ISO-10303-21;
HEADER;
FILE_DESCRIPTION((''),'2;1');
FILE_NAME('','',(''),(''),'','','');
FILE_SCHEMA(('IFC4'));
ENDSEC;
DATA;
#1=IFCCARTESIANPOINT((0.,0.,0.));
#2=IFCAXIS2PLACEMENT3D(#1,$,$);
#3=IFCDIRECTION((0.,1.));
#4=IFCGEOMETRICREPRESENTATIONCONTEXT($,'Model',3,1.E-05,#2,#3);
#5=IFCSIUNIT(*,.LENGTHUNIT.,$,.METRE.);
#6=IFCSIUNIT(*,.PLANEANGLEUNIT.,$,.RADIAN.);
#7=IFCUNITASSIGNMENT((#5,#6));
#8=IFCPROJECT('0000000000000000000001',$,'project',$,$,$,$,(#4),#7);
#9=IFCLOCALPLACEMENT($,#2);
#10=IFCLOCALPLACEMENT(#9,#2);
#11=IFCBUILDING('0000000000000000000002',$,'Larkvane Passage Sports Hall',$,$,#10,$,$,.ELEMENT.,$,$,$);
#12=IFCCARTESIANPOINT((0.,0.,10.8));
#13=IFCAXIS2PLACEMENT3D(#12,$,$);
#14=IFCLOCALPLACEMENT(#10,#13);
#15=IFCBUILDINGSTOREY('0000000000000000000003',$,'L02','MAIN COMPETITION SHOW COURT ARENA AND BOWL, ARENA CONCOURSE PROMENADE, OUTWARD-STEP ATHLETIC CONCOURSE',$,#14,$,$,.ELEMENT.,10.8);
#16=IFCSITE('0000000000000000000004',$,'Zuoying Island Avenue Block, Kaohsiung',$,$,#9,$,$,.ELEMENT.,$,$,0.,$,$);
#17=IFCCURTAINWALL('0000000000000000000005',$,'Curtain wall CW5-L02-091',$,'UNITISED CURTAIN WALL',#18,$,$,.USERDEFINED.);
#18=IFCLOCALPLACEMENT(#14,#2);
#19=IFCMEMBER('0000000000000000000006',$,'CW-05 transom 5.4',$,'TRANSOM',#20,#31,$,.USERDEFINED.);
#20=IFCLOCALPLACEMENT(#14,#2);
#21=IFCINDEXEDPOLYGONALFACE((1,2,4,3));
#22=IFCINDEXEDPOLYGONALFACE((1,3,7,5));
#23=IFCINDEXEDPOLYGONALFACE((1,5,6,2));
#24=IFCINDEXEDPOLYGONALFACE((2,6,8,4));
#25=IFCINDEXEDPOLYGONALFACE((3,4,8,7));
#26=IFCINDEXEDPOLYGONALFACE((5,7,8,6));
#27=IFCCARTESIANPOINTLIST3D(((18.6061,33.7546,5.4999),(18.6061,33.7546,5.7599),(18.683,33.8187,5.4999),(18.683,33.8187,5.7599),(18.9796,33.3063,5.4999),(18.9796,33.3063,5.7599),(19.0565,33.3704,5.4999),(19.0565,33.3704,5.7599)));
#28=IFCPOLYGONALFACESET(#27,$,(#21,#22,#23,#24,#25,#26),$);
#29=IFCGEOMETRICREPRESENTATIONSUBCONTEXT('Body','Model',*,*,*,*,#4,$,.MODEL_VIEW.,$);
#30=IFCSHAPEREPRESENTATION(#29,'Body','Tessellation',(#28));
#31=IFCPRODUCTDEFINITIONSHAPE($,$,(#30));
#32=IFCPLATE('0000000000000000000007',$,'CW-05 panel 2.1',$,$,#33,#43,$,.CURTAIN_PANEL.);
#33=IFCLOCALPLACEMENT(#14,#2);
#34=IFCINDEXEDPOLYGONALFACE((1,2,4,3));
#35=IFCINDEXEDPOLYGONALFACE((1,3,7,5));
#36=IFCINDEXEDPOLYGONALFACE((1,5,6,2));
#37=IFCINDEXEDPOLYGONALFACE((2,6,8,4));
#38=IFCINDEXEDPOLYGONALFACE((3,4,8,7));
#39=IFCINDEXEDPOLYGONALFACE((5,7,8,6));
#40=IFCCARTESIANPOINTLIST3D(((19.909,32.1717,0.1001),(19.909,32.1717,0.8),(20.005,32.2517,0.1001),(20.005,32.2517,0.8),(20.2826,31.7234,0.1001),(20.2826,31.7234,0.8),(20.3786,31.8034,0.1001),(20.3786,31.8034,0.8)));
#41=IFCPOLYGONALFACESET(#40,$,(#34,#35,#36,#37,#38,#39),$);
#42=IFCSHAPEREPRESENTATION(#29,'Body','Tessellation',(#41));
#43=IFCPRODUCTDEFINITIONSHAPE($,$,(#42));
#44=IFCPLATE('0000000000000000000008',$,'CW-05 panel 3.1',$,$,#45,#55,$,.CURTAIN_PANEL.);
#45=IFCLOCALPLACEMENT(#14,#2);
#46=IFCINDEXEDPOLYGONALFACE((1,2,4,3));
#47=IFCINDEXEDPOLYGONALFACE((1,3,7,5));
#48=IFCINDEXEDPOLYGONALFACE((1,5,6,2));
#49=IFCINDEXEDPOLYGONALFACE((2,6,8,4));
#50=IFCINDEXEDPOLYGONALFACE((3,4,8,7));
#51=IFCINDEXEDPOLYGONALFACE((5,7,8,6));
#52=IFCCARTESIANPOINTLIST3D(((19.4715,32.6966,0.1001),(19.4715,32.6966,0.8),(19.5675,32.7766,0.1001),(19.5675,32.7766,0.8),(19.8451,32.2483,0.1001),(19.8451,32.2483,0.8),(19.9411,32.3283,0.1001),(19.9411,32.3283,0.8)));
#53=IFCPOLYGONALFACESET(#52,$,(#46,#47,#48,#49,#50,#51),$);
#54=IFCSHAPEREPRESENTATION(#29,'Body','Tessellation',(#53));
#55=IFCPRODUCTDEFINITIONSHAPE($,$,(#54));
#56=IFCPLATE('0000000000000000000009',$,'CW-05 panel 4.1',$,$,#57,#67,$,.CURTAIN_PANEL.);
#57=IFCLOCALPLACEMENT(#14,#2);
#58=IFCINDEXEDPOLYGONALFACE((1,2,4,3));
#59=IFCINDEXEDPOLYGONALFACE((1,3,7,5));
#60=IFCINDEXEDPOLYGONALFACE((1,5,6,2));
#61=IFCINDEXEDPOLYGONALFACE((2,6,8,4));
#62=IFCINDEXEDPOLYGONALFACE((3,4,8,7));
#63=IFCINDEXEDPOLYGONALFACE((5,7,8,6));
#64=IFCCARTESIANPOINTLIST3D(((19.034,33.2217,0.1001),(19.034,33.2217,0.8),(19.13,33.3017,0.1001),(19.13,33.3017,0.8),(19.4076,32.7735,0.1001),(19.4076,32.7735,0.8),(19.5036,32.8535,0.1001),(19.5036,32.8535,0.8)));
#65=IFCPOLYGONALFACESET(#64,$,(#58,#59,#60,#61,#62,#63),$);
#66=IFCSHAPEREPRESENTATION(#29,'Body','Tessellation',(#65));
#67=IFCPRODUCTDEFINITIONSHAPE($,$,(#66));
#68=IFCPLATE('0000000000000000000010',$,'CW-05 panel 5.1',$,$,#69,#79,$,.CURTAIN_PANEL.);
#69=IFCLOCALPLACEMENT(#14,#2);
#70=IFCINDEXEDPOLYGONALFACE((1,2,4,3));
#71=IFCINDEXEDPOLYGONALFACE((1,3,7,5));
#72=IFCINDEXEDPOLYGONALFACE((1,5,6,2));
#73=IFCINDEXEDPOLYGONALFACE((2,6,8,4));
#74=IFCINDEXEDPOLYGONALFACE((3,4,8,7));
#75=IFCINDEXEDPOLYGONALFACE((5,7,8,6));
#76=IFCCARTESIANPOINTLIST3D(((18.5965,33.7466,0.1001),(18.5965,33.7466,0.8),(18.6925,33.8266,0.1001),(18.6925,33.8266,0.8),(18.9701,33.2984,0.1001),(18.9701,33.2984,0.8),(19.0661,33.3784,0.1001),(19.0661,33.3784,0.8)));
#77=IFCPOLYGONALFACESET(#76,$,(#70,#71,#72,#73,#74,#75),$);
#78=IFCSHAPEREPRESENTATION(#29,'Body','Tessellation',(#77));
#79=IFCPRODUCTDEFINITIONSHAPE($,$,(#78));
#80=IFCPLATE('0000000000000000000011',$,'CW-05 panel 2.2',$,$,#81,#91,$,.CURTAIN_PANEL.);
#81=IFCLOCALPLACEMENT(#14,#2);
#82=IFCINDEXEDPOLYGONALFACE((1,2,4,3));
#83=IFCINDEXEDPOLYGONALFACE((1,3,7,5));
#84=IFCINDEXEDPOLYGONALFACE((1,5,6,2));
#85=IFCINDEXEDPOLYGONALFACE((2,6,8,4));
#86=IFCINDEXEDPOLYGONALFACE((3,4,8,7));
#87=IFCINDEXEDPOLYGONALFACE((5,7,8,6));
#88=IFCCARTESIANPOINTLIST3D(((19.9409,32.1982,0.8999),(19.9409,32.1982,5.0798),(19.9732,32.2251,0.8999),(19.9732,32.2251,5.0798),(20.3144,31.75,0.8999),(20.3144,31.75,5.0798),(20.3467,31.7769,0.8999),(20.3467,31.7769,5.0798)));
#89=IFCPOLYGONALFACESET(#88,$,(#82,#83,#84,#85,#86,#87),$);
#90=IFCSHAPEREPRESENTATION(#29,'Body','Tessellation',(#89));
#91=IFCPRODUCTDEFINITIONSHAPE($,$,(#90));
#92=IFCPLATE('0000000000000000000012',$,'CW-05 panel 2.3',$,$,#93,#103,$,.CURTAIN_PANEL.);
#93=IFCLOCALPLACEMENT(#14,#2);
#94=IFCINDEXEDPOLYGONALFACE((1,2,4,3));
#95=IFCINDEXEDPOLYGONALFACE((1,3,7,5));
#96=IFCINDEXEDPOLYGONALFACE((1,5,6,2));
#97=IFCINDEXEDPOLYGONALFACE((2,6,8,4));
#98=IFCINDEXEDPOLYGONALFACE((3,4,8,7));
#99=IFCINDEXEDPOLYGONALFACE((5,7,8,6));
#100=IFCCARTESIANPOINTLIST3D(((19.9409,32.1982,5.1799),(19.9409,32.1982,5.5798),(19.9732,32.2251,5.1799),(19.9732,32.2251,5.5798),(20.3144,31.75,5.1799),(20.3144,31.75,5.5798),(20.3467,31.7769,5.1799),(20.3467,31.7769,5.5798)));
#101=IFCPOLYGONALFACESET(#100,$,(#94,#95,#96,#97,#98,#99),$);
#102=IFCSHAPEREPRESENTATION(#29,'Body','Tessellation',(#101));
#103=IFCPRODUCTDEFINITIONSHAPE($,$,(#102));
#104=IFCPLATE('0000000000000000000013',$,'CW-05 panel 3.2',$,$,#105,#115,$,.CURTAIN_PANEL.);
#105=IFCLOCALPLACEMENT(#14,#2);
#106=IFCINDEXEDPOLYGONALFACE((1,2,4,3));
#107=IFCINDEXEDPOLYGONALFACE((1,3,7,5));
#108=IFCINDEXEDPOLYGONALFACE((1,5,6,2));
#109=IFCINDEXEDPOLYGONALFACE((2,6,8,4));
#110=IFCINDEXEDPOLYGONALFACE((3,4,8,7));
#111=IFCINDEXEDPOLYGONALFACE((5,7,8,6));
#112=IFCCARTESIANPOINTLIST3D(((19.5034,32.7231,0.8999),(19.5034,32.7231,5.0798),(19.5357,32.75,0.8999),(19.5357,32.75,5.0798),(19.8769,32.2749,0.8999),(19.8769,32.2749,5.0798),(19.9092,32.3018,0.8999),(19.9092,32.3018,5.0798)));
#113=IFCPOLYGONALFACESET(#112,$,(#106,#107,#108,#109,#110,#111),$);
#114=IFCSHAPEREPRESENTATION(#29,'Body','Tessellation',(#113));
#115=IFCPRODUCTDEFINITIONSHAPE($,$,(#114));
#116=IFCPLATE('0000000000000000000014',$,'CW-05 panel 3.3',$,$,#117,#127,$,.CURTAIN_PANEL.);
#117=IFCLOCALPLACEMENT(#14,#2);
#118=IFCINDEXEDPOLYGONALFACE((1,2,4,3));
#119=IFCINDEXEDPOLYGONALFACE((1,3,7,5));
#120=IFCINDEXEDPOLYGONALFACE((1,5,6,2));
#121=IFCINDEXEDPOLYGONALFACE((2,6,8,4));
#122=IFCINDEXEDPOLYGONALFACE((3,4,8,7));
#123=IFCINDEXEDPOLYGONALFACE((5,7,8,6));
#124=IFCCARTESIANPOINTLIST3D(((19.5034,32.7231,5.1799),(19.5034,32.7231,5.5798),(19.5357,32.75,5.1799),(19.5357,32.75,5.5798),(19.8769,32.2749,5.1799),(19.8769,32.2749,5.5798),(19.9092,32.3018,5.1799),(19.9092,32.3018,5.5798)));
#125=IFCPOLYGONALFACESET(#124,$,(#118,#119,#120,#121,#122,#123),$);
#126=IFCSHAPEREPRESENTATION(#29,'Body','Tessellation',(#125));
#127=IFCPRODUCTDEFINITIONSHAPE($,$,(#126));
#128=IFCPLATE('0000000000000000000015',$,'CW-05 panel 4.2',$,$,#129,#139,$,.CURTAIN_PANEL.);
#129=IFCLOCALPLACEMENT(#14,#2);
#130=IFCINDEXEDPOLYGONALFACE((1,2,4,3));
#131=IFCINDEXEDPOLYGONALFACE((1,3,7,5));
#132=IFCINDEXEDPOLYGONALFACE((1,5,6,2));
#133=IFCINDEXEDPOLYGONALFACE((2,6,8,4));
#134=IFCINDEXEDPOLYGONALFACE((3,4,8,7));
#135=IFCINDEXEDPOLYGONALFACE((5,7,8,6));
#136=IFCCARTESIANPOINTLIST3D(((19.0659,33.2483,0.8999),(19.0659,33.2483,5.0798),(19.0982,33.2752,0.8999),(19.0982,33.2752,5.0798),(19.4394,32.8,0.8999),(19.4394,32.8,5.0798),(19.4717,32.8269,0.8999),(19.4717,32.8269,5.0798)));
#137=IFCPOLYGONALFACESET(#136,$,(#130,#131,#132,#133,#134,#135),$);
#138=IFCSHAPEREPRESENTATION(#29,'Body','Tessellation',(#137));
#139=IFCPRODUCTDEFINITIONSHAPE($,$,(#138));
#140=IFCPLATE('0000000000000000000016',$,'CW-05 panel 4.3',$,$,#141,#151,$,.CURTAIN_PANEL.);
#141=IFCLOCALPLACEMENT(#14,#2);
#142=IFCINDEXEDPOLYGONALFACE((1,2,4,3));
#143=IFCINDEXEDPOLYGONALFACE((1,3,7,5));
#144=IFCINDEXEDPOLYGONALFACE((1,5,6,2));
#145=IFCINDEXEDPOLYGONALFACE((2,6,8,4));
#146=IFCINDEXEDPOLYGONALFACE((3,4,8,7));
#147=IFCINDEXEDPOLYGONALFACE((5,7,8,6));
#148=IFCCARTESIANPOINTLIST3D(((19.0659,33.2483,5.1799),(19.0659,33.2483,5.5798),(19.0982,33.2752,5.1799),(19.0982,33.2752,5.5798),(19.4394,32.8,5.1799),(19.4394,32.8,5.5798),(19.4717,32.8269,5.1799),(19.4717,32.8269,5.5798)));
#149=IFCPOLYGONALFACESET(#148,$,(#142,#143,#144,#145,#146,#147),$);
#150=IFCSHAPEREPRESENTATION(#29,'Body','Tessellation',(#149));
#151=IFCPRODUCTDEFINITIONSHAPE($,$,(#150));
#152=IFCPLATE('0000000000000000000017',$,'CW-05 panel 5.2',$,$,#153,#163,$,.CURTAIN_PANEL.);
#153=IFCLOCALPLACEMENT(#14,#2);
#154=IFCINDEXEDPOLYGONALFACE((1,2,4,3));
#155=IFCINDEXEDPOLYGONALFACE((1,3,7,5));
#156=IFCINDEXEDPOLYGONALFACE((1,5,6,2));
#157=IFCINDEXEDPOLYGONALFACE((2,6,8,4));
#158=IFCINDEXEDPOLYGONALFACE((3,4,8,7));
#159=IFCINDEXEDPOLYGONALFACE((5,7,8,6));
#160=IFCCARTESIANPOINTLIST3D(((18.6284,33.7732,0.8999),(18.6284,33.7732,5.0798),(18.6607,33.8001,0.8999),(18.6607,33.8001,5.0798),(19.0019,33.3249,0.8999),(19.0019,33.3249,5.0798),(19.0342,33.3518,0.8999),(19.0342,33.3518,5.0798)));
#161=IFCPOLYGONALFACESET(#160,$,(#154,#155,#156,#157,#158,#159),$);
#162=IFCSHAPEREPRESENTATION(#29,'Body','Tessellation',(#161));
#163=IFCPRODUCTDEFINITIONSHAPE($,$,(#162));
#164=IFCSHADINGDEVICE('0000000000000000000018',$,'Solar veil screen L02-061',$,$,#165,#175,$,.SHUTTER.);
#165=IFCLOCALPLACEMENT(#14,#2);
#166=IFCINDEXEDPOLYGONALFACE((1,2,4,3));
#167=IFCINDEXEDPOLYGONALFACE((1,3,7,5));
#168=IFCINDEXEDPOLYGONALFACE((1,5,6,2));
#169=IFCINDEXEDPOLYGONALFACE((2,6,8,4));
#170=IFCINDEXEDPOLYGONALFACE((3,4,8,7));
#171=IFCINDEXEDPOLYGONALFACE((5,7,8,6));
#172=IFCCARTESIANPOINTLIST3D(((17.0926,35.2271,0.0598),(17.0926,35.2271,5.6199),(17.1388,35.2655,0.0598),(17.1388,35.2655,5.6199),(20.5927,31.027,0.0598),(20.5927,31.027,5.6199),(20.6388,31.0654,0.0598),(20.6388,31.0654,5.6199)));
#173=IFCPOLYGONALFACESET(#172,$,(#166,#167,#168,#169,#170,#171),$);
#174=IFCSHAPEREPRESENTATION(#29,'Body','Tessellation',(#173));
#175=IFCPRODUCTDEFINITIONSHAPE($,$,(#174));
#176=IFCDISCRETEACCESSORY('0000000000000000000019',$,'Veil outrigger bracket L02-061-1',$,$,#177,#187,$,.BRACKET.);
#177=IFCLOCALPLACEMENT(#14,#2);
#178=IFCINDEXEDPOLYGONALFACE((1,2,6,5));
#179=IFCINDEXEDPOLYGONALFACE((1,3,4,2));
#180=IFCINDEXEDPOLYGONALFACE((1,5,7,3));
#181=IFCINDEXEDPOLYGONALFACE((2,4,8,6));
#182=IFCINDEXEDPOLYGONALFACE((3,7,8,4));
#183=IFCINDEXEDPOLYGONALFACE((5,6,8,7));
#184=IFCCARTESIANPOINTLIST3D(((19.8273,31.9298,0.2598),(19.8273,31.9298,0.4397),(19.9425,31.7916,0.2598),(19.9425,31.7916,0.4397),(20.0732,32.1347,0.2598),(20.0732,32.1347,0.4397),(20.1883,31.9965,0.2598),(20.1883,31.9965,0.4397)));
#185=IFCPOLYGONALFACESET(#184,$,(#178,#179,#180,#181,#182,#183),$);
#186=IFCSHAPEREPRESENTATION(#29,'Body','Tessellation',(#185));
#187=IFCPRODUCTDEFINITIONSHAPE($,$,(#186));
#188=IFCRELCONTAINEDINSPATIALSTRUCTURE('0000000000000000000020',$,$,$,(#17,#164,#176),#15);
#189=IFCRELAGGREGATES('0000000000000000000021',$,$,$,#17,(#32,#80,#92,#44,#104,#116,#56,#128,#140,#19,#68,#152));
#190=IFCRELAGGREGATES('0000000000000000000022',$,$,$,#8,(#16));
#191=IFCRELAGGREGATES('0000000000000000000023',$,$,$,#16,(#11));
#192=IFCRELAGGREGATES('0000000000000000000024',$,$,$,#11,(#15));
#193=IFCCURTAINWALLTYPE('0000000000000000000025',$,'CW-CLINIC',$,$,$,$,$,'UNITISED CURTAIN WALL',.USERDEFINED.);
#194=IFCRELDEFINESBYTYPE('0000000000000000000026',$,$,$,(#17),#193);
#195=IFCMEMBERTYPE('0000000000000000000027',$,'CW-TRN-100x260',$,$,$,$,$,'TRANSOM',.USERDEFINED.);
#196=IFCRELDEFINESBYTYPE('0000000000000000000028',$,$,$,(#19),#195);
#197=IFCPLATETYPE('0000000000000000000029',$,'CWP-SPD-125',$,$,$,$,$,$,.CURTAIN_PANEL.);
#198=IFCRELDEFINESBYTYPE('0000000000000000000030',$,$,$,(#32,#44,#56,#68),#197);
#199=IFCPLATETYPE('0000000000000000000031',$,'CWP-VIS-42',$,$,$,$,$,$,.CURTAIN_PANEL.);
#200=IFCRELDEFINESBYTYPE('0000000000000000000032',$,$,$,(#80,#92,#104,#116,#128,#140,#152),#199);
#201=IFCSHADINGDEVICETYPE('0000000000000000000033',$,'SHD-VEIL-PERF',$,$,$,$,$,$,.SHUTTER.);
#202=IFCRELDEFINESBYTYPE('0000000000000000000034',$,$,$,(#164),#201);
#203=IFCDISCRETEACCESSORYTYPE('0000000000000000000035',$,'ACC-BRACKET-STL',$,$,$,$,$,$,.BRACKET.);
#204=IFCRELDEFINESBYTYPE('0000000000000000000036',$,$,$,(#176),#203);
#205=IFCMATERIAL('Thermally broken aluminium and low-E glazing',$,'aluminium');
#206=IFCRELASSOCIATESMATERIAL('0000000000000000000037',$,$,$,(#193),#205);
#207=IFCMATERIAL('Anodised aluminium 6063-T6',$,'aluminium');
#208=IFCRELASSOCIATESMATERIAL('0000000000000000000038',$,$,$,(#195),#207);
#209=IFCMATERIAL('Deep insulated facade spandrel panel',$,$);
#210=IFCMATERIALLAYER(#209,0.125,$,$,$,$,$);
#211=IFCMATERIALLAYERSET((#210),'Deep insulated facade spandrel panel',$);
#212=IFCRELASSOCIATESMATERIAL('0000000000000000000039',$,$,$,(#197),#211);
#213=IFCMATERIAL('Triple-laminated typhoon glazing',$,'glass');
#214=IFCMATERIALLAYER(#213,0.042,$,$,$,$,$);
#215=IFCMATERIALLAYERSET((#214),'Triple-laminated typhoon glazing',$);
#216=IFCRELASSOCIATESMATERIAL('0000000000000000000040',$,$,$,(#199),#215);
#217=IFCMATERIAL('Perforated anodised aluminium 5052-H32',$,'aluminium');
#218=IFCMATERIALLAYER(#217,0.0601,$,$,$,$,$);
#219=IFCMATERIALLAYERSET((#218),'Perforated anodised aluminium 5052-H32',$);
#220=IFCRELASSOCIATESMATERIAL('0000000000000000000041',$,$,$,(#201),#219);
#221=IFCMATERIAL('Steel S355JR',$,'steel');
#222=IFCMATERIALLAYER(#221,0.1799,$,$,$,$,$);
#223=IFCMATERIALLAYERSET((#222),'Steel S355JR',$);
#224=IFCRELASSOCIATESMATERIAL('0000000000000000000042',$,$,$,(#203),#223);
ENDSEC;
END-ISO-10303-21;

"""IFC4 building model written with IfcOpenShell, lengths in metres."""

from ifc_helpers import new_model, si_unit, direction, frame, origin, origin_2d, place, context, subcontext, project, spatial, rectangle, extrude, material, layer, layer_set, material_profile, profile_set, type_object, element, aggregate, save


model = new_model("IFC4")

# Units and contexts
model_context = context("Model", 3, precision=1e-05, world=origin(), true_north=direction((0.0, 1.0)))
body_context = subcontext(model_context, "Body", "Model", "MODEL_VIEW")
ifc_project = project(units=[si_unit("LENGTHUNIT", "METRE"), si_unit("PLANEANGLEUNIT", "RADIAN")], contexts=[model_context])

# Site, building, storey
site_placement = place(None, origin())
site = spatial("IfcSite", under=ifc_project, at=site_placement, Name="Zuoying Island Avenue Block, Kaohsiung", CompositionType="ELEMENT", RefElevation=0.0)
building_placement = place(site_placement, origin())
building = spatial("IfcBuilding", under=site, at=building_placement, Name="Larkvane Passage Sports Hall", CompositionType="ELEMENT")
storey_placement = place(building_placement, frame((0.0, 0.0, 10.8)))
storey = spatial("IfcBuildingStorey", under=building, at=storey_placement, Name="L02", Description="MAIN COMPETITION SHOW COURT ARENA AND BOWL, ARENA CONCOURSE PROMENADE, OUTWARD-STEP ATHLETIC CONCOURSE", CompositionType="ELEMENT", Elevation=10.8)

# Curtain wall, member, plates
ifc_material_1 = material(Name="Thermally broken aluminium and low-E glazing", Category="aluminium")
curtain_wall_type = type_object("IfcCurtainWallType", Name="CW-CLINIC", ElementType="UNITISED CURTAIN WALL", PredefinedType="USERDEFINED", material=ifc_material_1)
curtain_wall_placement = place(storey_placement, origin())
curtain_wall = element("IfcCurtainWall", 1, at=curtain_wall_placement, inside=storey, type_object=curtain_wall_type, Name="Curtain wall CW5-L02-091", ObjectType="UNITISED CURTAIN WALL", PredefinedType="USERDEFINED")
ifc_material_2 = material(Name="Anodised aluminium 6063-T6", Category="aluminium")
ifc_material_profile_1 = material_profile(ifc_material_2, rectangle(XDim=0.1001, YDim=0.26, at=origin_2d()), Name="ALU-TRN-100x260")
ifc_profile_set_1 = profile_set([ifc_material_profile_1], Name="Anodised aluminium 6063-T6")
member_type_1 = type_object("IfcMemberType", Name="CW-TRN-100x260", ElementType="TRANSOM", PredefinedType="USERDEFINED", material=ifc_profile_set_1)
member_1_placement = place(storey_placement, frame((19.0181, 33.3384, 5.6299), z_axis=(-0.640184, 0.768221, 0.0), x_axis=(-0.768221, -0.640184, 0.0)))
member_1 = element("IfcMember", 2, at=member_1_placement, type_object=member_type_1, Name="CW-05 transom 5.4", ObjectType="TRANSOM", PredefinedType="USERDEFINED", context=body_context, shape_type="SweptSolid", body=[
    extrude(rectangle(XDim=0.1001, YDim=0.26, at=origin_2d()), origin(), (0.0, 0.0, 1.0), 0.5835),
])
ifc_material_3 = material(Name="Deep insulated facade spandrel panel")
ifc_layer_1 = layer(ifc_material_3, 0.125)
ifc_layer_set_1 = layer_set([ifc_layer_1], Name="Deep insulated facade spandrel panel")
plate_type_1 = type_object("IfcPlateType", Name="CWP-SPD-125", PredefinedType="CURTAIN_PANEL", material=ifc_layer_set_1)
plate_1_placement = place(storey_placement, frame((20.1438, 31.9875, 0.1001), z_axis=(0.0, 0.0, 1.0), x_axis=(-0.640184, 0.768221, 0.0)))
plate_1 = element("IfcPlate", 3, at=plate_1_placement, type_object=plate_type_1, Name="CW-05 panel 2.1", PredefinedType="CURTAIN_PANEL", context=body_context, shape_type="SweptSolid", body=[
    extrude(rectangle(XDim=0.5835, YDim=0.125, at=origin_2d()), origin(), (0.0, 0.0, 1.0), 0.7),
])
plate_2_placement = place(storey_placement, frame((19.7063, 32.5125, 0.1001), z_axis=(0.0, 0.0, 1.0), x_axis=(-0.640184, 0.768221, 0.0)))
plate_2 = element("IfcPlate", 4, at=plate_2_placement, type_object=plate_type_1, Name="CW-05 panel 3.1", PredefinedType="CURTAIN_PANEL", context=body_context, shape_type="SweptSolid", body=[
    extrude(rectangle(XDim=0.5835, YDim=0.125, at=origin_2d()), origin(), (0.0, 0.0, 1.0), 0.7),
])
plate_3_placement = place(storey_placement, frame((19.2688, 33.0376, 0.1001), z_axis=(0.0, 0.0, 1.0), x_axis=(-0.640184, 0.768221, 0.0)))
plate_3 = element("IfcPlate", 5, at=plate_3_placement, type_object=plate_type_1, Name="CW-05 panel 4.1", PredefinedType="CURTAIN_PANEL", context=body_context, shape_type="SweptSolid", body=[
    extrude(rectangle(XDim=0.5835, YDim=0.125, at=origin_2d()), origin(), (0.0, 0.0, 1.0), 0.7),
])
plate_4_placement = place(storey_placement, frame((18.8313, 33.5625, 0.1001), z_axis=(0.0, 0.0, 1.0), x_axis=(-0.640184, 0.768221, 0.0)))
plate_4 = element("IfcPlate", 6, at=plate_4_placement, type_object=plate_type_1, Name="CW-05 panel 5.1", PredefinedType="CURTAIN_PANEL", context=body_context, shape_type="SweptSolid", body=[
    extrude(rectangle(XDim=0.5835, YDim=0.125, at=origin_2d()), origin(), (0.0, 0.0, 1.0), 0.7),
])
ifc_material_4 = material(Name="Triple-laminated typhoon glazing", Category="glass")
ifc_layer_2 = layer(ifc_material_4, 0.042)
ifc_layer_set_2 = layer_set([ifc_layer_2], Name="Triple-laminated typhoon glazing")
plate_type_2 = type_object("IfcPlateType", Name="CWP-VIS-42", PredefinedType="CURTAIN_PANEL", material=ifc_layer_set_2)
plate_5_placement = place(storey_placement, frame((20.1438, 31.9875, 0.8999), z_axis=(0.0, 0.0, 1.0), x_axis=(-0.640184, 0.768221, 0.0)))
plate_5 = element("IfcPlate", 7, at=plate_5_placement, type_object=plate_type_2, Name="CW-05 panel 2.2", PredefinedType="CURTAIN_PANEL", context=body_context, shape_type="SweptSolid", body=[
    extrude(rectangle(XDim=0.5835, YDim=0.042, at=origin_2d()), origin(), (0.0, 0.0, 1.0), 4.1799),
])
plate_6_placement = place(storey_placement, frame((20.1438, 31.9875, 5.1799), z_axis=(0.0, 0.0, 1.0), x_axis=(-0.640184, 0.768221, 0.0)))
plate_6 = element("IfcPlate", 8, at=plate_6_placement, type_object=plate_type_2, Name="CW-05 panel 2.3", PredefinedType="CURTAIN_PANEL", context=body_context, shape_type="SweptSolid", body=[
    extrude(rectangle(XDim=0.5835, YDim=0.042, at=origin_2d()), origin(), (0.0, 0.0, 1.0), 0.3999),
])
plate_7_placement = place(storey_placement, frame((19.7063, 32.5125, 0.8999), z_axis=(0.0, 0.0, 1.0), x_axis=(-0.640184, 0.768221, 0.0)))
plate_7 = element("IfcPlate", 9, at=plate_7_placement, type_object=plate_type_2, Name="CW-05 panel 3.2", PredefinedType="CURTAIN_PANEL", context=body_context, shape_type="SweptSolid", body=[
    extrude(rectangle(XDim=0.5835, YDim=0.042, at=origin_2d()), origin(), (0.0, 0.0, 1.0), 4.1799),
])
plate_8_placement = place(storey_placement, frame((19.7063, 32.5125, 5.1799), z_axis=(0.0, 0.0, 1.0), x_axis=(-0.640184, 0.768221, 0.0)))
plate_8 = element("IfcPlate", 10, at=plate_8_placement, type_object=plate_type_2, Name="CW-05 panel 3.3", PredefinedType="CURTAIN_PANEL", context=body_context, shape_type="SweptSolid", body=[
    extrude(rectangle(XDim=0.5835, YDim=0.042, at=origin_2d()), origin(), (0.0, 0.0, 1.0), 0.3999),
])
plate_9_placement = place(storey_placement, frame((19.2688, 33.0376, 0.8999), z_axis=(0.0, 0.0, 1.0), x_axis=(-0.640184, 0.768221, 0.0)))
plate_9 = element("IfcPlate", 11, at=plate_9_placement, type_object=plate_type_2, Name="CW-05 panel 4.2", PredefinedType="CURTAIN_PANEL", context=body_context, shape_type="SweptSolid", body=[
    extrude(rectangle(XDim=0.5835, YDim=0.042, at=origin_2d()), origin(), (0.0, 0.0, 1.0), 4.1799),
])
plate_10_placement = place(storey_placement, frame((19.2688, 33.0376, 5.1799), z_axis=(0.0, 0.0, 1.0), x_axis=(-0.640184, 0.768221, 0.0)))
plate_10 = element("IfcPlate", 12, at=plate_10_placement, type_object=plate_type_2, Name="CW-05 panel 4.3", PredefinedType="CURTAIN_PANEL", context=body_context, shape_type="SweptSolid", body=[
    extrude(rectangle(XDim=0.5835, YDim=0.042, at=origin_2d()), origin(), (0.0, 0.0, 1.0), 0.3999),
])
plate_11_placement = place(storey_placement, frame((18.8313, 33.5625, 0.8999), z_axis=(0.0, 0.0, 1.0), x_axis=(-0.640184, 0.768221, 0.0)))
plate_11 = element("IfcPlate", 13, at=plate_11_placement, type_object=plate_type_2, Name="CW-05 panel 5.2", PredefinedType="CURTAIN_PANEL", context=body_context, shape_type="SweptSolid", body=[
    extrude(rectangle(XDim=0.5835, YDim=0.042, at=origin_2d()), origin(), (0.0, 0.0, 1.0), 4.1799),
])
aggregate(curtain_wall, [plate_1, plate_5, plate_6, plate_2, plate_7, plate_8, plate_3, plate_9, plate_10, member_1, plate_4, plate_11])

# Shading device
ifc_material_5 = material(Name="Perforated anodised aluminium 5052-H32", Category="aluminium")
ifc_layer_3 = layer(ifc_material_5, 0.0601)
ifc_layer_set_3 = layer_set([ifc_layer_3], Name="Perforated anodised aluminium 5052-H32")
shading_device_type = type_object("IfcShadingDeviceType", Name="SHD-VEIL-PERF", PredefinedType="SHUTTER", material=ifc_layer_set_3)
shading_device_placement = place(storey_placement, frame((18.8657, 33.1462, 0.0598), z_axis=(0.0, 0.0, 1.0), x_axis=(-0.640184, 0.768221, 0.0)))
element("IfcShadingDevice", 14, at=shading_device_placement, inside=storey, type_object=shading_device_type, Name="Solar veil screen L02-061", PredefinedType="SHUTTER", context=body_context, shape_type="SweptSolid", body=[
    extrude(rectangle(XDim=5.4673, YDim=0.0601, at=origin_2d()), origin(), (0.0, 0.0, 1.0), 5.5601),
])

# Discrete accessory
ifc_material_6 = material(Name="Steel S355JR", Category="steel")
ifc_layer_4 = layer(ifc_material_6, 0.1799)
ifc_layer_set_4 = layer_set([ifc_layer_4], Name="Steel S355JR")
discrete_accessory_type = type_object("IfcDiscreteAccessoryType", Name="ACC-BRACKET-STL", PredefinedType="BRACKET", material=ifc_layer_set_4)
discrete_accessory_placement = place(storey_placement, frame((20.0078, 31.9631, 0.2598), z_axis=(0.0, 0.0, 1.0), x_axis=(-0.640184, 0.768221, 0.0)))
element("IfcDiscreteAccessory", 15, at=discrete_accessory_placement, inside=storey, type_object=discrete_accessory_type, Name="Veil outrigger bracket L02-061-1", PredefinedType="BRACKET", context=body_context, shape_type="SweptSolid", body=[
    extrude(rectangle(XDim=0.1799, YDim=0.3201, at=origin_2d()), origin(), (0.0, 0.0, 1.0), 0.1799),
])

save(model, "model.ifc")
